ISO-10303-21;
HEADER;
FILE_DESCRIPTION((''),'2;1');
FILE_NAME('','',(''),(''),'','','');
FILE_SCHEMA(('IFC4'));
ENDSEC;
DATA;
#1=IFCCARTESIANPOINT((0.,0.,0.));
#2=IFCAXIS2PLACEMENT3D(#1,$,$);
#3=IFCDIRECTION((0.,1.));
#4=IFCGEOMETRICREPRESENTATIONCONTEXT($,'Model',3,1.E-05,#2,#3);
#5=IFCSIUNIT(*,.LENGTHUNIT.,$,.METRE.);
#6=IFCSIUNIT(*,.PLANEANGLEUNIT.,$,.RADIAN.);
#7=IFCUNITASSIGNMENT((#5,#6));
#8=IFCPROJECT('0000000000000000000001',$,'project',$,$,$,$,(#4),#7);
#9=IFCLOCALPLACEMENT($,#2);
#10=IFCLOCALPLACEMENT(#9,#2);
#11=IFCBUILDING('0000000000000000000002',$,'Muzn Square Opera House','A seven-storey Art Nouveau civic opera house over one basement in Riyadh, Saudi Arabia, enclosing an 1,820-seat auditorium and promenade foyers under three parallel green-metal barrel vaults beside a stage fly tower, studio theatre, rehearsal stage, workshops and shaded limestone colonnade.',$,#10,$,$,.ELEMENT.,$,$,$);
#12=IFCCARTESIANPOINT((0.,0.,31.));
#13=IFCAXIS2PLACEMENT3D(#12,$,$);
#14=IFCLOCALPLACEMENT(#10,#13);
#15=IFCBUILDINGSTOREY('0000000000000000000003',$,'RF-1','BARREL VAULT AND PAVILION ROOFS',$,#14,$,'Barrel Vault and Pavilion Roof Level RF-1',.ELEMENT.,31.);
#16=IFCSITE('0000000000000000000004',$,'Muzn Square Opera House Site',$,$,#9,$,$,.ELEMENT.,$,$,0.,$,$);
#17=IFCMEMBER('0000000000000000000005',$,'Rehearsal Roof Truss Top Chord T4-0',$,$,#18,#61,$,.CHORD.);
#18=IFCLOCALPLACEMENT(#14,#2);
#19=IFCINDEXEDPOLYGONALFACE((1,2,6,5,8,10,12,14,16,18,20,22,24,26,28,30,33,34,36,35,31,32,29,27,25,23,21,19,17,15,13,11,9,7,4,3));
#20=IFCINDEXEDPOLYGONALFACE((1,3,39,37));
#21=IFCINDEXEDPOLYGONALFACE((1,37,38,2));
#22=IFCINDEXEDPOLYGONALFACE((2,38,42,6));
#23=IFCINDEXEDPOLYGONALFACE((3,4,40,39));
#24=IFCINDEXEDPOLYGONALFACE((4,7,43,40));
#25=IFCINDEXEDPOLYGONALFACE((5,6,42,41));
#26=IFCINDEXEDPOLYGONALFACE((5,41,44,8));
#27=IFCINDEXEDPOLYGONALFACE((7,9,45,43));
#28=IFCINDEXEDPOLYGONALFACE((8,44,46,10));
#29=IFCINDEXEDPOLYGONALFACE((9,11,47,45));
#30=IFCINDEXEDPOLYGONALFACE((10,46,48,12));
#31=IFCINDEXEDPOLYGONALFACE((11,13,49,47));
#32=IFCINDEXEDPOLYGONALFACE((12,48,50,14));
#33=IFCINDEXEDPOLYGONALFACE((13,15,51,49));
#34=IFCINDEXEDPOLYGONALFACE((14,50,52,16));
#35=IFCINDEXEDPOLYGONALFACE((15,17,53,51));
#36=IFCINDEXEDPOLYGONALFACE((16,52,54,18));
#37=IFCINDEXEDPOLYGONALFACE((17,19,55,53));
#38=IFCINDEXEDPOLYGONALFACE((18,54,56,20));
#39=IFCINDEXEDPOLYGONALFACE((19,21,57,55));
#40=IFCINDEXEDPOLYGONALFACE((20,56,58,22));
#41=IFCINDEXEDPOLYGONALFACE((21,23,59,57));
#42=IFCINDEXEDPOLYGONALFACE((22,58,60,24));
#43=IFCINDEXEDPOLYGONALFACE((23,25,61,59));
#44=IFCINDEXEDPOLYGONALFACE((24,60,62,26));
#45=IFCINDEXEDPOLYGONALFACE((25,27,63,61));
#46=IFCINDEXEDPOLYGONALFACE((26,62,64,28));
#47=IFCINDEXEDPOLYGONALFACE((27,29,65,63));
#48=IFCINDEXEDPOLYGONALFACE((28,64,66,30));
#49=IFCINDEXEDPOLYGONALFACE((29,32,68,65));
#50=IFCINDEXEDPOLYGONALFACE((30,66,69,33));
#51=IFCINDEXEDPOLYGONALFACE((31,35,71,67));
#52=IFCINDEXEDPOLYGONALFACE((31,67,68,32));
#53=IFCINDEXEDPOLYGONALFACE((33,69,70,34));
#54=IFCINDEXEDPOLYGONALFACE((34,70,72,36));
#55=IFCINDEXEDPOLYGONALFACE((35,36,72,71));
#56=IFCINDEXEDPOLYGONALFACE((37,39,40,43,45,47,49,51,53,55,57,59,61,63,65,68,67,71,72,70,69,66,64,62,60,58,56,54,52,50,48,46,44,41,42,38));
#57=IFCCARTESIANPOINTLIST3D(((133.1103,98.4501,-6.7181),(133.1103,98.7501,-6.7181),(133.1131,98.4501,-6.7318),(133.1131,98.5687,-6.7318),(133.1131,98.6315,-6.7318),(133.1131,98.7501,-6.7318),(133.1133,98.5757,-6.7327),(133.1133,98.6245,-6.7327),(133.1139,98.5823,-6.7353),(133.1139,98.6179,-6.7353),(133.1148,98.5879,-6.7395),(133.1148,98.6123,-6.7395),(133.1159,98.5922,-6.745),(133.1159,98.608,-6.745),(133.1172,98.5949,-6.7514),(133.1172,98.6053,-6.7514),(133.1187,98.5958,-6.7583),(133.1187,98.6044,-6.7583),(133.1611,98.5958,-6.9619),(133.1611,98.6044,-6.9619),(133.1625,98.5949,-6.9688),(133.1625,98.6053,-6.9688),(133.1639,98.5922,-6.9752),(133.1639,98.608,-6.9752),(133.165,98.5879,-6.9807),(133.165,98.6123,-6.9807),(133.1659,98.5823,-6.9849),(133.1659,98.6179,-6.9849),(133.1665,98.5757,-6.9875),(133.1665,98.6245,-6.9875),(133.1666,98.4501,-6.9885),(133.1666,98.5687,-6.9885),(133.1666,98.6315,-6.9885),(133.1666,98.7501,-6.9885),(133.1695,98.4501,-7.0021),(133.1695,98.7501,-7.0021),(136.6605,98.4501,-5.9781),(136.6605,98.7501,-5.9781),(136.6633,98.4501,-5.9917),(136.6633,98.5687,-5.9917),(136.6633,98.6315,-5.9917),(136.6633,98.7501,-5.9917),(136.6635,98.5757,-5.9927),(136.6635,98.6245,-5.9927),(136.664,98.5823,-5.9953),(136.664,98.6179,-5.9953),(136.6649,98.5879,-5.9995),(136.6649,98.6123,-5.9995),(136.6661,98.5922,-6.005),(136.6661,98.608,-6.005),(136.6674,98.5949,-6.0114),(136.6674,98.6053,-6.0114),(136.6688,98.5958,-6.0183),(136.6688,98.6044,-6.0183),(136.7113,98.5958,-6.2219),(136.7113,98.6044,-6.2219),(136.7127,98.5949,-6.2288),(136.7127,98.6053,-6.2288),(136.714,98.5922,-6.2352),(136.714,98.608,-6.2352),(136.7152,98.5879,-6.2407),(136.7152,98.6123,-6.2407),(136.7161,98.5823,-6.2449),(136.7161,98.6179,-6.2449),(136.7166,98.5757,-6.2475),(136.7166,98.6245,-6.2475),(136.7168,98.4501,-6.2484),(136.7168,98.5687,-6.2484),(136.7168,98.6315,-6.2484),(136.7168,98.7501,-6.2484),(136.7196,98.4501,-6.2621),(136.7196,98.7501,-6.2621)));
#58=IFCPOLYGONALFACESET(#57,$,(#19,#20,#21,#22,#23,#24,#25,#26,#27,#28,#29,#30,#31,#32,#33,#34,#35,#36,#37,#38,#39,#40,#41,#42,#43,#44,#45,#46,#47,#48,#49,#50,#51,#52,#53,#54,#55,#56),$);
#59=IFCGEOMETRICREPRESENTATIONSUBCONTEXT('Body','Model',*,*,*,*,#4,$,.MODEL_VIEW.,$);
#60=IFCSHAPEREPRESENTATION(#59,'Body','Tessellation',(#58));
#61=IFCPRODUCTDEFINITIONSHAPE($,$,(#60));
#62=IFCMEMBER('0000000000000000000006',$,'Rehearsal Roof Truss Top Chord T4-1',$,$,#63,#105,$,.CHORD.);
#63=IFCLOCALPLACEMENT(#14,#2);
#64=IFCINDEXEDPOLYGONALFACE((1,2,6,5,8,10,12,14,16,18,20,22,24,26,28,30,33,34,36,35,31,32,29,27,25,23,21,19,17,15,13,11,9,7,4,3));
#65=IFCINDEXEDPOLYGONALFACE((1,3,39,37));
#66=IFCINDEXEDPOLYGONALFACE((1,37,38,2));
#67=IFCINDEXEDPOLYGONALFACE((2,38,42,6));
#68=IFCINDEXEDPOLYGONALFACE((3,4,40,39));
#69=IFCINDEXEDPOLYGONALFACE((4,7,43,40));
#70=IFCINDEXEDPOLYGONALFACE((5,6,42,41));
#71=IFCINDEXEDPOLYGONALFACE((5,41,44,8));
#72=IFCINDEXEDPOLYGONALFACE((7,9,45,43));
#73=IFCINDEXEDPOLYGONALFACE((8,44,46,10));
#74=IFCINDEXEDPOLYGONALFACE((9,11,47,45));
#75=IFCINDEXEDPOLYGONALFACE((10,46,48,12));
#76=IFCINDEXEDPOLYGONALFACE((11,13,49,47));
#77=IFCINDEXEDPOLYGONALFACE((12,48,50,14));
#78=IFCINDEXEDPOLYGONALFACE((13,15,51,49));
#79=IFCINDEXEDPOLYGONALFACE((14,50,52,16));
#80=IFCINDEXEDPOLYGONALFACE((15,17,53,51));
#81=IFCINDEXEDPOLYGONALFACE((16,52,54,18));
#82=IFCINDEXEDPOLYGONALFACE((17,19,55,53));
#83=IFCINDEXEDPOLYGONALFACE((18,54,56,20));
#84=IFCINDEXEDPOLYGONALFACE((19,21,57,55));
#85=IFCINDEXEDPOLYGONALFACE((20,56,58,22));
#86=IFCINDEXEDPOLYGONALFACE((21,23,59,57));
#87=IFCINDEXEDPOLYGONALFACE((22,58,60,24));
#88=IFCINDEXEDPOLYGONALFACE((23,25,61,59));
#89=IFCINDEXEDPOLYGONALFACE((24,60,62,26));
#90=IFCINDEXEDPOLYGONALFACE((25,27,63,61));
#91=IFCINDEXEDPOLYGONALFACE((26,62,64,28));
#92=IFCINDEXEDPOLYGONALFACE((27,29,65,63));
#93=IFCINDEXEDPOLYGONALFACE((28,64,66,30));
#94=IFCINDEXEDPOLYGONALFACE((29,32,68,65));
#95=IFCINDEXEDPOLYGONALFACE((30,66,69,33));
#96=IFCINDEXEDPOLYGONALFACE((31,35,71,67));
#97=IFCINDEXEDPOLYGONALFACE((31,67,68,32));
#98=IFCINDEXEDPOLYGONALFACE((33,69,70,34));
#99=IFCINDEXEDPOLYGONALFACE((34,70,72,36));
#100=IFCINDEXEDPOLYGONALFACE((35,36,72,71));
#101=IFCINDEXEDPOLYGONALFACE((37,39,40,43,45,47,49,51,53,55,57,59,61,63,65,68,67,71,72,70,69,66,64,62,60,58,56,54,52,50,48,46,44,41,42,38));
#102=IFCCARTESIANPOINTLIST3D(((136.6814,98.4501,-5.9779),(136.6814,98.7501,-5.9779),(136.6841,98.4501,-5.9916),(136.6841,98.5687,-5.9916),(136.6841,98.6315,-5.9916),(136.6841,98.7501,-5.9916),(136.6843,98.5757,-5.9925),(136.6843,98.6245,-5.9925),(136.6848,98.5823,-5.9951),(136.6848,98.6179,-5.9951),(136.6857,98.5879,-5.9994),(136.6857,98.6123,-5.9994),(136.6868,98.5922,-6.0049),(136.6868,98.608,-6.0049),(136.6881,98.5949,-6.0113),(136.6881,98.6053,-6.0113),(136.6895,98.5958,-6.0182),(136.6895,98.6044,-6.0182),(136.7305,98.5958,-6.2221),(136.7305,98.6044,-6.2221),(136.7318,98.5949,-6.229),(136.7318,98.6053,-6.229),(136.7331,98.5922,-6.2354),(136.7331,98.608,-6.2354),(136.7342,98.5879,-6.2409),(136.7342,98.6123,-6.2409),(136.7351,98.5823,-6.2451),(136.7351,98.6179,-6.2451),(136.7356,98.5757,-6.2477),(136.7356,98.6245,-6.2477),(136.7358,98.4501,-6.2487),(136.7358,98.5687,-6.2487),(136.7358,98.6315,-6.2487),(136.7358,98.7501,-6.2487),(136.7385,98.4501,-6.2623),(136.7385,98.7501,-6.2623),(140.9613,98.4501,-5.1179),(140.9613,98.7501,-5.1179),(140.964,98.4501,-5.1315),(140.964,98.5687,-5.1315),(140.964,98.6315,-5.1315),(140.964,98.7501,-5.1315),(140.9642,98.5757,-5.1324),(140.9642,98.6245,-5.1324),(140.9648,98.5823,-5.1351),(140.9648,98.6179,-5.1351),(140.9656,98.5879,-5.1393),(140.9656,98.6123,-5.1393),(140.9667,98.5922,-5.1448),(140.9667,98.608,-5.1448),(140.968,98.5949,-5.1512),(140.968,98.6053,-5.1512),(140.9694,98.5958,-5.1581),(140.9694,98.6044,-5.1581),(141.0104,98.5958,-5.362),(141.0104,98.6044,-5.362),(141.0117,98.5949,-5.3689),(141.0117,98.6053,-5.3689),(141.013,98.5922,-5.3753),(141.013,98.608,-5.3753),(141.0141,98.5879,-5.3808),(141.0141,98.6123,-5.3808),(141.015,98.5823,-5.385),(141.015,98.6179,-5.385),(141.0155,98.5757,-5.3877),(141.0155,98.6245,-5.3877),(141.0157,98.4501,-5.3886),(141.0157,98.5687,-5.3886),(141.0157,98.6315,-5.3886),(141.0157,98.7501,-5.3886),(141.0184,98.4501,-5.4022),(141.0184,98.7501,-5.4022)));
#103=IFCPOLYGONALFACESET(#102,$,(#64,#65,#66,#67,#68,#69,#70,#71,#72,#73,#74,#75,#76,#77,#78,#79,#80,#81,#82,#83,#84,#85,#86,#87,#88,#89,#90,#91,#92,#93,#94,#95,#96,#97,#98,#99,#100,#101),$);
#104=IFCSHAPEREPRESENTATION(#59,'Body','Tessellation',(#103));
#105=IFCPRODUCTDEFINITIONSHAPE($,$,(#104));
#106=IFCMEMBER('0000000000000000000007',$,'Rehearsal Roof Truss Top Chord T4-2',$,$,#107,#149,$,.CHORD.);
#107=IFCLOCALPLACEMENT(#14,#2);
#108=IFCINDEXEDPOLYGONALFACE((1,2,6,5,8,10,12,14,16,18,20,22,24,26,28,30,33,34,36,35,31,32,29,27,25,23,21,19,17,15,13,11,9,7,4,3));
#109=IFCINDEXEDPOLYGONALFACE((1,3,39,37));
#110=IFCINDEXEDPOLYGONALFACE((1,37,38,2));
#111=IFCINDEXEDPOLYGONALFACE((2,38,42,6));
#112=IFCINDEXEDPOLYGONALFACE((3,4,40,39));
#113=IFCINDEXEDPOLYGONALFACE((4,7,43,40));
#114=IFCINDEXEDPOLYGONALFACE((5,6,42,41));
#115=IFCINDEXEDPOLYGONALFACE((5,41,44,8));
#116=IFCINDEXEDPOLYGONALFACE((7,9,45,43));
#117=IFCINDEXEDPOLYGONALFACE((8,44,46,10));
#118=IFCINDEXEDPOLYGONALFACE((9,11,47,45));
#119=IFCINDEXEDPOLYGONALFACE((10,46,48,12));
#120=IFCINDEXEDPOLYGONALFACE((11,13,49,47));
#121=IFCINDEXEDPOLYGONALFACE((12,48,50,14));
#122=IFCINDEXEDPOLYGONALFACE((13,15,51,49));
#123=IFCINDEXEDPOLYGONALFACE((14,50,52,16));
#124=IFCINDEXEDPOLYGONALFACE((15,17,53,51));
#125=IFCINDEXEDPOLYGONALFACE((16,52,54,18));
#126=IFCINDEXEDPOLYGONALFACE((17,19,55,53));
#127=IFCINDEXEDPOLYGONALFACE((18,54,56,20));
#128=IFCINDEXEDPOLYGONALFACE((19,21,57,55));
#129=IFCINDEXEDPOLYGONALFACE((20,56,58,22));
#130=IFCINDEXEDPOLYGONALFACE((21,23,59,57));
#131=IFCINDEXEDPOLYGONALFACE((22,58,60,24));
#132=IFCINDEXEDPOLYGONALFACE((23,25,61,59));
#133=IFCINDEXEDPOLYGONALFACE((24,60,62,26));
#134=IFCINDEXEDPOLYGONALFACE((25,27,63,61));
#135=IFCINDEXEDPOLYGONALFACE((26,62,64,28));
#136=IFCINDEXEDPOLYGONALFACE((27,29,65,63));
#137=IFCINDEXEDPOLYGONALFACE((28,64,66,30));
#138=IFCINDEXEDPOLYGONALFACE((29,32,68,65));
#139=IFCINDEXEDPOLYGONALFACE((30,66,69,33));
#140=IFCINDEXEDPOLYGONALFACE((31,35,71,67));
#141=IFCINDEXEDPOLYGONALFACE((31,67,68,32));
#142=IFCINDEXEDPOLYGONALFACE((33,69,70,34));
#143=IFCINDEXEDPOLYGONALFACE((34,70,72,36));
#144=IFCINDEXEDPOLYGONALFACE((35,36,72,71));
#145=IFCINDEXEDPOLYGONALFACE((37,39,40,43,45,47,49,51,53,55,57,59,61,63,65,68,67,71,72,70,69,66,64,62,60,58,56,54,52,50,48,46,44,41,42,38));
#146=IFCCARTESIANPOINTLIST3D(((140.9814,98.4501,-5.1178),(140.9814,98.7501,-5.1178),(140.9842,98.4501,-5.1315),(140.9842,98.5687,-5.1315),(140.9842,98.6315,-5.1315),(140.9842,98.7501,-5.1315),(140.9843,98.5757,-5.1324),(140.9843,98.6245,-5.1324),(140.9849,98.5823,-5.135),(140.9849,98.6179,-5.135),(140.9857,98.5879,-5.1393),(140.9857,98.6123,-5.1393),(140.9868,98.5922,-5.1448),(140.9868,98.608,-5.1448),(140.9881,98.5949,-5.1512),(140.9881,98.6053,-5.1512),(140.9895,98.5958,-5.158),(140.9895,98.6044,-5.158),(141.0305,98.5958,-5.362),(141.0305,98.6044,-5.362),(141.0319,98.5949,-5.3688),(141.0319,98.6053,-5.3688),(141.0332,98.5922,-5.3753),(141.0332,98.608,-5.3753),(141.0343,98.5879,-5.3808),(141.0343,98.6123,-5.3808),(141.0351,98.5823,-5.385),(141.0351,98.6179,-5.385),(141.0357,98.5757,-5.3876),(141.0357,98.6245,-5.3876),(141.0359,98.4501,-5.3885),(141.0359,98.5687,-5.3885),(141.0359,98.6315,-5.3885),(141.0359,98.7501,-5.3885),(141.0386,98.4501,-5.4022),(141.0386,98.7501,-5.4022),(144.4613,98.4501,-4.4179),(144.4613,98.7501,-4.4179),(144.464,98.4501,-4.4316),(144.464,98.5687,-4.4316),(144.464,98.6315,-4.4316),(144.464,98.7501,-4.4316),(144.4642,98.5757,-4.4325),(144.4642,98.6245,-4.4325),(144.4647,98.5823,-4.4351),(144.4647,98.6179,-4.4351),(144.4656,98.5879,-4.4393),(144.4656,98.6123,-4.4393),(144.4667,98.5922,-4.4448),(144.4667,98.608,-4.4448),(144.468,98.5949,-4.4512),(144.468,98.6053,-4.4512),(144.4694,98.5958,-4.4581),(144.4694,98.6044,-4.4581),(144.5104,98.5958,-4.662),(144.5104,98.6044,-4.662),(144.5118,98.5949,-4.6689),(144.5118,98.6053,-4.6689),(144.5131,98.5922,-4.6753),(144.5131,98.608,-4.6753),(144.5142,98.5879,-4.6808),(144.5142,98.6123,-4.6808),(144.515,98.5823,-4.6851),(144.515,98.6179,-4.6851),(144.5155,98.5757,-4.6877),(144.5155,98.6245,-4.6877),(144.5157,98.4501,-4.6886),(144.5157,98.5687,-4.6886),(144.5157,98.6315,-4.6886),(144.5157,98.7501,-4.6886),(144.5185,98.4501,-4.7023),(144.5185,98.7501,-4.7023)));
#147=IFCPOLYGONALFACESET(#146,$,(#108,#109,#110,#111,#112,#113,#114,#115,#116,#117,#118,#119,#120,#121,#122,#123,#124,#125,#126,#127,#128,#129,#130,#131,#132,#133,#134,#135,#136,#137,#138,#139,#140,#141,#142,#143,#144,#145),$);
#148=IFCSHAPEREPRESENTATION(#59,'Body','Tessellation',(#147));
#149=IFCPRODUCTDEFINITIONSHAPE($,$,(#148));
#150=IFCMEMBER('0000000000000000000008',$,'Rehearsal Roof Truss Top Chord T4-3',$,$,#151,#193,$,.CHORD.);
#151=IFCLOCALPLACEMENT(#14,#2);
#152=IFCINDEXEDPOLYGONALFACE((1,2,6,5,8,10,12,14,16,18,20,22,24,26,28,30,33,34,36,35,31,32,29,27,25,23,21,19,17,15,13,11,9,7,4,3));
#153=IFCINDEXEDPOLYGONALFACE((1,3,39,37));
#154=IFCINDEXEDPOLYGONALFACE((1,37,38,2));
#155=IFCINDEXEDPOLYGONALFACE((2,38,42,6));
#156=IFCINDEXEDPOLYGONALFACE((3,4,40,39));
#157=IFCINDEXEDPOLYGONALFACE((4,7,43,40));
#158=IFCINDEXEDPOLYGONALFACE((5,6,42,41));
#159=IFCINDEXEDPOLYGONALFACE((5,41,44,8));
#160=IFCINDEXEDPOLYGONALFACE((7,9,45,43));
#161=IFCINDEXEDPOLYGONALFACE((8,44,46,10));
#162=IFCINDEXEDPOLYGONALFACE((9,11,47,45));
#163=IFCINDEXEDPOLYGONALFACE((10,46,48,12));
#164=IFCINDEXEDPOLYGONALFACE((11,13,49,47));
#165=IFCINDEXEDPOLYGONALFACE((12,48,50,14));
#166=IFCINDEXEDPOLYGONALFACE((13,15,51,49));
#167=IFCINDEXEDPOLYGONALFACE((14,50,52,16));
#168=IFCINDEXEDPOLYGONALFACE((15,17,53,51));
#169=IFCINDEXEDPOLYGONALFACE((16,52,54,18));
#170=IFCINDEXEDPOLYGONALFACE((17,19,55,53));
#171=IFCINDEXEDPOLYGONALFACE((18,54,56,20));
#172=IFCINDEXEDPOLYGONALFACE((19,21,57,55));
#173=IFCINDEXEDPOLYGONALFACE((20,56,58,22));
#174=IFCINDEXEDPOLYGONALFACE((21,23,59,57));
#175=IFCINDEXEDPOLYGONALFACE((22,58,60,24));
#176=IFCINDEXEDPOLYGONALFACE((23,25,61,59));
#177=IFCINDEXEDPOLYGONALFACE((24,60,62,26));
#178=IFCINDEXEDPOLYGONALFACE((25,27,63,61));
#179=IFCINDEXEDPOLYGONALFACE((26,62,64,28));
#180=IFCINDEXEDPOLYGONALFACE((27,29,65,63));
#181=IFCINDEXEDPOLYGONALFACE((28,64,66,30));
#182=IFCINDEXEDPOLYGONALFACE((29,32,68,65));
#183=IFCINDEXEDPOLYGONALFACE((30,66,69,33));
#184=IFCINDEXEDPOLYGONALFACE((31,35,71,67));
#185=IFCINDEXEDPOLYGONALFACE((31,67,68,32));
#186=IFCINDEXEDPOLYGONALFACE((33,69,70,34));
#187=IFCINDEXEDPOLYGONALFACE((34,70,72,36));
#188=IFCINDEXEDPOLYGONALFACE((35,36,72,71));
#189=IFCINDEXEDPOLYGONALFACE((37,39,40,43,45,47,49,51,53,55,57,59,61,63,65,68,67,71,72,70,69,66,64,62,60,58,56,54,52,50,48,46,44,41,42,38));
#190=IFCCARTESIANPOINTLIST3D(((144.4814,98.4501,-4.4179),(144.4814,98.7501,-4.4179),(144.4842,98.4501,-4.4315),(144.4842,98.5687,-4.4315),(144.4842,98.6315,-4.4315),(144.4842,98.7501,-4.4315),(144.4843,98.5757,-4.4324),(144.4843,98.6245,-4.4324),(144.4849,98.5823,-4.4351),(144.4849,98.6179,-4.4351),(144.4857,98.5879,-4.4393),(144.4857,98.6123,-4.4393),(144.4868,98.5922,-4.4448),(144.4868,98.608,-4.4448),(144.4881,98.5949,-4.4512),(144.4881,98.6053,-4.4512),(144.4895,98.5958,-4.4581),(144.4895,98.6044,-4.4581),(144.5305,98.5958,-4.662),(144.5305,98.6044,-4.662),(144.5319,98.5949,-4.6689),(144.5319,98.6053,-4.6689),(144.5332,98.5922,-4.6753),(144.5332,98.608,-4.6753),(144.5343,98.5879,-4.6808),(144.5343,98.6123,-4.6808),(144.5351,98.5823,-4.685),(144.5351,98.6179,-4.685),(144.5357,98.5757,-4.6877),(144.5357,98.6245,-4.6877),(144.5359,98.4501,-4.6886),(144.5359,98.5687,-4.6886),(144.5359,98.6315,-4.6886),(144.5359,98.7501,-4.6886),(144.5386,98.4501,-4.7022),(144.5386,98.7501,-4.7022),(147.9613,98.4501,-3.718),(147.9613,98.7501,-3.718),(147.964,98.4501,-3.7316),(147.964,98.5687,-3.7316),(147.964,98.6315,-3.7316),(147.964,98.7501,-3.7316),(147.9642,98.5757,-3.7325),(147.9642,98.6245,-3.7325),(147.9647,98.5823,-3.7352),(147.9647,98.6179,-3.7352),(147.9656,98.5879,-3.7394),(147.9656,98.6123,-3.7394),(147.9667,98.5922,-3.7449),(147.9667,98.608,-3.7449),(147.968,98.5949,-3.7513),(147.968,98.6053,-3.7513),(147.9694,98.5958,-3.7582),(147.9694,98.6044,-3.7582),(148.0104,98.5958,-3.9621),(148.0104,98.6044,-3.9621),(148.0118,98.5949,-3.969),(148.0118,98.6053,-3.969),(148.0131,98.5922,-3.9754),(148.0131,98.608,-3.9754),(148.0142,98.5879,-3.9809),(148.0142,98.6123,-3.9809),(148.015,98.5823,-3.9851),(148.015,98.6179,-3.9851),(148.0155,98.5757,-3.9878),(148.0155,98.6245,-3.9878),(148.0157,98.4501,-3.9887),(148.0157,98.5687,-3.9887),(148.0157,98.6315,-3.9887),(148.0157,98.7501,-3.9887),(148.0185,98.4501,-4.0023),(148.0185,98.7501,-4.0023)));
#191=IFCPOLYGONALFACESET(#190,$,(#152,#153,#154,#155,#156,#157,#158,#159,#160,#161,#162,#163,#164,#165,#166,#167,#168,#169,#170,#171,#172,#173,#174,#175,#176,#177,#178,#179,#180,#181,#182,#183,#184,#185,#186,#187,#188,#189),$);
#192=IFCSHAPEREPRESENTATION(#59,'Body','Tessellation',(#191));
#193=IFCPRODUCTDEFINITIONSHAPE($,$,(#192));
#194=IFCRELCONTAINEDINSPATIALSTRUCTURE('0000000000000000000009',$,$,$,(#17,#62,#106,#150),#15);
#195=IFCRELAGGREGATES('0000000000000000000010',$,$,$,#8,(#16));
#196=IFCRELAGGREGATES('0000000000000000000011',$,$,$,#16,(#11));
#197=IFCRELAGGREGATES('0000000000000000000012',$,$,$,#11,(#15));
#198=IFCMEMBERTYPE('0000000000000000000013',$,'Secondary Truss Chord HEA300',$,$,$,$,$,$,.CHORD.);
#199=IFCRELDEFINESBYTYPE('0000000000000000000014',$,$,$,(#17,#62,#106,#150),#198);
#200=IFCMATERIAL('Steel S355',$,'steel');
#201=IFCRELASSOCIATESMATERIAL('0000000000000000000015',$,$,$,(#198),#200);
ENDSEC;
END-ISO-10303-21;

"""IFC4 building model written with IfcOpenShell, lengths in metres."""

from ifc_helpers import new_model, si_unit, direction, frame, origin, origin_2d, place, context, subcontext, project, spatial, i_section, extrude, material, material_profile, profile_set, type_object, element, save


model = new_model("IFC4")

# Units and contexts
model_context = context("Model", 3, precision=1e-05, world=origin(), true_north=direction((0.0, 1.0)))
body_context = subcontext(model_context, "Body", "Model", "MODEL_VIEW")
ifc_project = project(units=[si_unit("LENGTHUNIT", "METRE"), si_unit("PLANEANGLEUNIT", "RADIAN")], contexts=[model_context])

# Site, building, storey
site_placement = place(None, origin())
site = spatial("IfcSite", under=ifc_project, at=site_placement, Name="Muzn Square Opera House Site", CompositionType="ELEMENT", RefElevation=0.0)
building_placement = place(site_placement, origin())
building = spatial("IfcBuilding", under=site, at=building_placement, Name="Muzn Square Opera House", Description="A seven-storey Art Nouveau civic opera house over one basement in Riyadh, Saudi Arabia, enclosing an 1,820-seat auditorium and promenade foyers under three parallel green-metal barrel vaults beside a stage fly tower, studio theatre, rehearsal stage, workshops and shaded limestone colonnade.", CompositionType="ELEMENT")
storey_placement = place(building_placement, frame((0.0, 0.0, 31.0)))
storey = spatial("IfcBuildingStorey", under=building, at=storey_placement, Name="RF-1", Description="BARREL VAULT AND PAVILION ROOFS", LongName="Barrel Vault and Pavilion Roof Level RF-1", CompositionType="ELEMENT", Elevation=31.0)

# Shared definitions
ifc_material = material(Name="Steel S355", Category="steel")

# Members
ifc_material_profile_1 = material_profile(ifc_material, i_section(OverallWidth=0.3, OverallDepth=0.29, WebThickness=0.0085, FlangeThickness=0.0139, FilletRadius=0.0271, at=origin_2d()), Name="HEA 300", Category="steel")
ifc_profile_set_1 = profile_set([ifc_material_profile_1], Name="Steel S355")
member_type_1 = type_object("IfcMemberType", Name="Secondary Truss Chord HEA300", PredefinedType="CHORD", material=ifc_profile_set_1)
member_1_placement = place(storey_placement, frame((133.1399, 98.6001, -6.8601), z_axis=(0.978959, 0.0, 0.204059), x_axis=(0.0, 1.0, 0.0)))
element("IfcMember", 1, at=member_1_placement, inside=storey, type_object=member_type_1, Name="Rehearsal Roof Truss Top Chord T4-0", PredefinedType="CHORD", context=body_context, shape_type="SweptSolid", body=[
    extrude(i_section(OverallWidth=0.3, OverallDepth=0.29, WebThickness=0.0085, FlangeThickness=0.0139, FilletRadius=0.0271, at=origin_2d()), origin(), (0.0, 0.0, 1.0), 3.6265),
])
member_2_placement = place(storey_placement, frame((136.71, 98.6001, -6.1201), z_axis=(0.9804, 0.0, 0.197019), x_axis=(0.0, 1.0, 0.0)))
element("IfcMember", 2, at=member_2_placement, inside=storey, type_object=member_type_1, Name="Rehearsal Roof Truss Top Chord T4-1", PredefinedType="CHORD", context=body_context, shape_type="SweptSolid", body=[
    extrude(i_section(OverallWidth=0.3, OverallDepth=0.29, WebThickness=0.0085, FlangeThickness=0.0139, FilletRadius=0.0271, at=origin_2d()), origin(), (0.0, 0.0, 1.0), 4.3655),
])
for number, where, z_axis, x_axis, name in (
    (3, (141.01, 98.6001, -5.26), (0.980366, 0.0, 0.197187), (0.0, 1.0, 0.0), "Rehearsal Roof Truss Top Chord T4-2"),
    (4, (144.51, 98.6001, -4.5601), (0.980366, 0.0, 0.197187), (0.0, 1.0, 0.0), "Rehearsal Roof Truss Top Chord T4-3"),
):
    element("IfcMember", number, at=place(storey_placement, frame(where, z_axis=z_axis, x_axis=x_axis)), inside=storey, type_object=member_type_1, Name=name, PredefinedType="CHORD", context=body_context, shape_type="SweptSolid", body=[
        extrude(i_section(OverallWidth=0.3, OverallDepth=0.29, WebThickness=0.0085, FlangeThickness=0.0139, FilletRadius=0.0271, at=origin_2d()), origin(), (0.0, 0.0, 1.0), 3.5496),
    ])

save(model, "model.ifc")
